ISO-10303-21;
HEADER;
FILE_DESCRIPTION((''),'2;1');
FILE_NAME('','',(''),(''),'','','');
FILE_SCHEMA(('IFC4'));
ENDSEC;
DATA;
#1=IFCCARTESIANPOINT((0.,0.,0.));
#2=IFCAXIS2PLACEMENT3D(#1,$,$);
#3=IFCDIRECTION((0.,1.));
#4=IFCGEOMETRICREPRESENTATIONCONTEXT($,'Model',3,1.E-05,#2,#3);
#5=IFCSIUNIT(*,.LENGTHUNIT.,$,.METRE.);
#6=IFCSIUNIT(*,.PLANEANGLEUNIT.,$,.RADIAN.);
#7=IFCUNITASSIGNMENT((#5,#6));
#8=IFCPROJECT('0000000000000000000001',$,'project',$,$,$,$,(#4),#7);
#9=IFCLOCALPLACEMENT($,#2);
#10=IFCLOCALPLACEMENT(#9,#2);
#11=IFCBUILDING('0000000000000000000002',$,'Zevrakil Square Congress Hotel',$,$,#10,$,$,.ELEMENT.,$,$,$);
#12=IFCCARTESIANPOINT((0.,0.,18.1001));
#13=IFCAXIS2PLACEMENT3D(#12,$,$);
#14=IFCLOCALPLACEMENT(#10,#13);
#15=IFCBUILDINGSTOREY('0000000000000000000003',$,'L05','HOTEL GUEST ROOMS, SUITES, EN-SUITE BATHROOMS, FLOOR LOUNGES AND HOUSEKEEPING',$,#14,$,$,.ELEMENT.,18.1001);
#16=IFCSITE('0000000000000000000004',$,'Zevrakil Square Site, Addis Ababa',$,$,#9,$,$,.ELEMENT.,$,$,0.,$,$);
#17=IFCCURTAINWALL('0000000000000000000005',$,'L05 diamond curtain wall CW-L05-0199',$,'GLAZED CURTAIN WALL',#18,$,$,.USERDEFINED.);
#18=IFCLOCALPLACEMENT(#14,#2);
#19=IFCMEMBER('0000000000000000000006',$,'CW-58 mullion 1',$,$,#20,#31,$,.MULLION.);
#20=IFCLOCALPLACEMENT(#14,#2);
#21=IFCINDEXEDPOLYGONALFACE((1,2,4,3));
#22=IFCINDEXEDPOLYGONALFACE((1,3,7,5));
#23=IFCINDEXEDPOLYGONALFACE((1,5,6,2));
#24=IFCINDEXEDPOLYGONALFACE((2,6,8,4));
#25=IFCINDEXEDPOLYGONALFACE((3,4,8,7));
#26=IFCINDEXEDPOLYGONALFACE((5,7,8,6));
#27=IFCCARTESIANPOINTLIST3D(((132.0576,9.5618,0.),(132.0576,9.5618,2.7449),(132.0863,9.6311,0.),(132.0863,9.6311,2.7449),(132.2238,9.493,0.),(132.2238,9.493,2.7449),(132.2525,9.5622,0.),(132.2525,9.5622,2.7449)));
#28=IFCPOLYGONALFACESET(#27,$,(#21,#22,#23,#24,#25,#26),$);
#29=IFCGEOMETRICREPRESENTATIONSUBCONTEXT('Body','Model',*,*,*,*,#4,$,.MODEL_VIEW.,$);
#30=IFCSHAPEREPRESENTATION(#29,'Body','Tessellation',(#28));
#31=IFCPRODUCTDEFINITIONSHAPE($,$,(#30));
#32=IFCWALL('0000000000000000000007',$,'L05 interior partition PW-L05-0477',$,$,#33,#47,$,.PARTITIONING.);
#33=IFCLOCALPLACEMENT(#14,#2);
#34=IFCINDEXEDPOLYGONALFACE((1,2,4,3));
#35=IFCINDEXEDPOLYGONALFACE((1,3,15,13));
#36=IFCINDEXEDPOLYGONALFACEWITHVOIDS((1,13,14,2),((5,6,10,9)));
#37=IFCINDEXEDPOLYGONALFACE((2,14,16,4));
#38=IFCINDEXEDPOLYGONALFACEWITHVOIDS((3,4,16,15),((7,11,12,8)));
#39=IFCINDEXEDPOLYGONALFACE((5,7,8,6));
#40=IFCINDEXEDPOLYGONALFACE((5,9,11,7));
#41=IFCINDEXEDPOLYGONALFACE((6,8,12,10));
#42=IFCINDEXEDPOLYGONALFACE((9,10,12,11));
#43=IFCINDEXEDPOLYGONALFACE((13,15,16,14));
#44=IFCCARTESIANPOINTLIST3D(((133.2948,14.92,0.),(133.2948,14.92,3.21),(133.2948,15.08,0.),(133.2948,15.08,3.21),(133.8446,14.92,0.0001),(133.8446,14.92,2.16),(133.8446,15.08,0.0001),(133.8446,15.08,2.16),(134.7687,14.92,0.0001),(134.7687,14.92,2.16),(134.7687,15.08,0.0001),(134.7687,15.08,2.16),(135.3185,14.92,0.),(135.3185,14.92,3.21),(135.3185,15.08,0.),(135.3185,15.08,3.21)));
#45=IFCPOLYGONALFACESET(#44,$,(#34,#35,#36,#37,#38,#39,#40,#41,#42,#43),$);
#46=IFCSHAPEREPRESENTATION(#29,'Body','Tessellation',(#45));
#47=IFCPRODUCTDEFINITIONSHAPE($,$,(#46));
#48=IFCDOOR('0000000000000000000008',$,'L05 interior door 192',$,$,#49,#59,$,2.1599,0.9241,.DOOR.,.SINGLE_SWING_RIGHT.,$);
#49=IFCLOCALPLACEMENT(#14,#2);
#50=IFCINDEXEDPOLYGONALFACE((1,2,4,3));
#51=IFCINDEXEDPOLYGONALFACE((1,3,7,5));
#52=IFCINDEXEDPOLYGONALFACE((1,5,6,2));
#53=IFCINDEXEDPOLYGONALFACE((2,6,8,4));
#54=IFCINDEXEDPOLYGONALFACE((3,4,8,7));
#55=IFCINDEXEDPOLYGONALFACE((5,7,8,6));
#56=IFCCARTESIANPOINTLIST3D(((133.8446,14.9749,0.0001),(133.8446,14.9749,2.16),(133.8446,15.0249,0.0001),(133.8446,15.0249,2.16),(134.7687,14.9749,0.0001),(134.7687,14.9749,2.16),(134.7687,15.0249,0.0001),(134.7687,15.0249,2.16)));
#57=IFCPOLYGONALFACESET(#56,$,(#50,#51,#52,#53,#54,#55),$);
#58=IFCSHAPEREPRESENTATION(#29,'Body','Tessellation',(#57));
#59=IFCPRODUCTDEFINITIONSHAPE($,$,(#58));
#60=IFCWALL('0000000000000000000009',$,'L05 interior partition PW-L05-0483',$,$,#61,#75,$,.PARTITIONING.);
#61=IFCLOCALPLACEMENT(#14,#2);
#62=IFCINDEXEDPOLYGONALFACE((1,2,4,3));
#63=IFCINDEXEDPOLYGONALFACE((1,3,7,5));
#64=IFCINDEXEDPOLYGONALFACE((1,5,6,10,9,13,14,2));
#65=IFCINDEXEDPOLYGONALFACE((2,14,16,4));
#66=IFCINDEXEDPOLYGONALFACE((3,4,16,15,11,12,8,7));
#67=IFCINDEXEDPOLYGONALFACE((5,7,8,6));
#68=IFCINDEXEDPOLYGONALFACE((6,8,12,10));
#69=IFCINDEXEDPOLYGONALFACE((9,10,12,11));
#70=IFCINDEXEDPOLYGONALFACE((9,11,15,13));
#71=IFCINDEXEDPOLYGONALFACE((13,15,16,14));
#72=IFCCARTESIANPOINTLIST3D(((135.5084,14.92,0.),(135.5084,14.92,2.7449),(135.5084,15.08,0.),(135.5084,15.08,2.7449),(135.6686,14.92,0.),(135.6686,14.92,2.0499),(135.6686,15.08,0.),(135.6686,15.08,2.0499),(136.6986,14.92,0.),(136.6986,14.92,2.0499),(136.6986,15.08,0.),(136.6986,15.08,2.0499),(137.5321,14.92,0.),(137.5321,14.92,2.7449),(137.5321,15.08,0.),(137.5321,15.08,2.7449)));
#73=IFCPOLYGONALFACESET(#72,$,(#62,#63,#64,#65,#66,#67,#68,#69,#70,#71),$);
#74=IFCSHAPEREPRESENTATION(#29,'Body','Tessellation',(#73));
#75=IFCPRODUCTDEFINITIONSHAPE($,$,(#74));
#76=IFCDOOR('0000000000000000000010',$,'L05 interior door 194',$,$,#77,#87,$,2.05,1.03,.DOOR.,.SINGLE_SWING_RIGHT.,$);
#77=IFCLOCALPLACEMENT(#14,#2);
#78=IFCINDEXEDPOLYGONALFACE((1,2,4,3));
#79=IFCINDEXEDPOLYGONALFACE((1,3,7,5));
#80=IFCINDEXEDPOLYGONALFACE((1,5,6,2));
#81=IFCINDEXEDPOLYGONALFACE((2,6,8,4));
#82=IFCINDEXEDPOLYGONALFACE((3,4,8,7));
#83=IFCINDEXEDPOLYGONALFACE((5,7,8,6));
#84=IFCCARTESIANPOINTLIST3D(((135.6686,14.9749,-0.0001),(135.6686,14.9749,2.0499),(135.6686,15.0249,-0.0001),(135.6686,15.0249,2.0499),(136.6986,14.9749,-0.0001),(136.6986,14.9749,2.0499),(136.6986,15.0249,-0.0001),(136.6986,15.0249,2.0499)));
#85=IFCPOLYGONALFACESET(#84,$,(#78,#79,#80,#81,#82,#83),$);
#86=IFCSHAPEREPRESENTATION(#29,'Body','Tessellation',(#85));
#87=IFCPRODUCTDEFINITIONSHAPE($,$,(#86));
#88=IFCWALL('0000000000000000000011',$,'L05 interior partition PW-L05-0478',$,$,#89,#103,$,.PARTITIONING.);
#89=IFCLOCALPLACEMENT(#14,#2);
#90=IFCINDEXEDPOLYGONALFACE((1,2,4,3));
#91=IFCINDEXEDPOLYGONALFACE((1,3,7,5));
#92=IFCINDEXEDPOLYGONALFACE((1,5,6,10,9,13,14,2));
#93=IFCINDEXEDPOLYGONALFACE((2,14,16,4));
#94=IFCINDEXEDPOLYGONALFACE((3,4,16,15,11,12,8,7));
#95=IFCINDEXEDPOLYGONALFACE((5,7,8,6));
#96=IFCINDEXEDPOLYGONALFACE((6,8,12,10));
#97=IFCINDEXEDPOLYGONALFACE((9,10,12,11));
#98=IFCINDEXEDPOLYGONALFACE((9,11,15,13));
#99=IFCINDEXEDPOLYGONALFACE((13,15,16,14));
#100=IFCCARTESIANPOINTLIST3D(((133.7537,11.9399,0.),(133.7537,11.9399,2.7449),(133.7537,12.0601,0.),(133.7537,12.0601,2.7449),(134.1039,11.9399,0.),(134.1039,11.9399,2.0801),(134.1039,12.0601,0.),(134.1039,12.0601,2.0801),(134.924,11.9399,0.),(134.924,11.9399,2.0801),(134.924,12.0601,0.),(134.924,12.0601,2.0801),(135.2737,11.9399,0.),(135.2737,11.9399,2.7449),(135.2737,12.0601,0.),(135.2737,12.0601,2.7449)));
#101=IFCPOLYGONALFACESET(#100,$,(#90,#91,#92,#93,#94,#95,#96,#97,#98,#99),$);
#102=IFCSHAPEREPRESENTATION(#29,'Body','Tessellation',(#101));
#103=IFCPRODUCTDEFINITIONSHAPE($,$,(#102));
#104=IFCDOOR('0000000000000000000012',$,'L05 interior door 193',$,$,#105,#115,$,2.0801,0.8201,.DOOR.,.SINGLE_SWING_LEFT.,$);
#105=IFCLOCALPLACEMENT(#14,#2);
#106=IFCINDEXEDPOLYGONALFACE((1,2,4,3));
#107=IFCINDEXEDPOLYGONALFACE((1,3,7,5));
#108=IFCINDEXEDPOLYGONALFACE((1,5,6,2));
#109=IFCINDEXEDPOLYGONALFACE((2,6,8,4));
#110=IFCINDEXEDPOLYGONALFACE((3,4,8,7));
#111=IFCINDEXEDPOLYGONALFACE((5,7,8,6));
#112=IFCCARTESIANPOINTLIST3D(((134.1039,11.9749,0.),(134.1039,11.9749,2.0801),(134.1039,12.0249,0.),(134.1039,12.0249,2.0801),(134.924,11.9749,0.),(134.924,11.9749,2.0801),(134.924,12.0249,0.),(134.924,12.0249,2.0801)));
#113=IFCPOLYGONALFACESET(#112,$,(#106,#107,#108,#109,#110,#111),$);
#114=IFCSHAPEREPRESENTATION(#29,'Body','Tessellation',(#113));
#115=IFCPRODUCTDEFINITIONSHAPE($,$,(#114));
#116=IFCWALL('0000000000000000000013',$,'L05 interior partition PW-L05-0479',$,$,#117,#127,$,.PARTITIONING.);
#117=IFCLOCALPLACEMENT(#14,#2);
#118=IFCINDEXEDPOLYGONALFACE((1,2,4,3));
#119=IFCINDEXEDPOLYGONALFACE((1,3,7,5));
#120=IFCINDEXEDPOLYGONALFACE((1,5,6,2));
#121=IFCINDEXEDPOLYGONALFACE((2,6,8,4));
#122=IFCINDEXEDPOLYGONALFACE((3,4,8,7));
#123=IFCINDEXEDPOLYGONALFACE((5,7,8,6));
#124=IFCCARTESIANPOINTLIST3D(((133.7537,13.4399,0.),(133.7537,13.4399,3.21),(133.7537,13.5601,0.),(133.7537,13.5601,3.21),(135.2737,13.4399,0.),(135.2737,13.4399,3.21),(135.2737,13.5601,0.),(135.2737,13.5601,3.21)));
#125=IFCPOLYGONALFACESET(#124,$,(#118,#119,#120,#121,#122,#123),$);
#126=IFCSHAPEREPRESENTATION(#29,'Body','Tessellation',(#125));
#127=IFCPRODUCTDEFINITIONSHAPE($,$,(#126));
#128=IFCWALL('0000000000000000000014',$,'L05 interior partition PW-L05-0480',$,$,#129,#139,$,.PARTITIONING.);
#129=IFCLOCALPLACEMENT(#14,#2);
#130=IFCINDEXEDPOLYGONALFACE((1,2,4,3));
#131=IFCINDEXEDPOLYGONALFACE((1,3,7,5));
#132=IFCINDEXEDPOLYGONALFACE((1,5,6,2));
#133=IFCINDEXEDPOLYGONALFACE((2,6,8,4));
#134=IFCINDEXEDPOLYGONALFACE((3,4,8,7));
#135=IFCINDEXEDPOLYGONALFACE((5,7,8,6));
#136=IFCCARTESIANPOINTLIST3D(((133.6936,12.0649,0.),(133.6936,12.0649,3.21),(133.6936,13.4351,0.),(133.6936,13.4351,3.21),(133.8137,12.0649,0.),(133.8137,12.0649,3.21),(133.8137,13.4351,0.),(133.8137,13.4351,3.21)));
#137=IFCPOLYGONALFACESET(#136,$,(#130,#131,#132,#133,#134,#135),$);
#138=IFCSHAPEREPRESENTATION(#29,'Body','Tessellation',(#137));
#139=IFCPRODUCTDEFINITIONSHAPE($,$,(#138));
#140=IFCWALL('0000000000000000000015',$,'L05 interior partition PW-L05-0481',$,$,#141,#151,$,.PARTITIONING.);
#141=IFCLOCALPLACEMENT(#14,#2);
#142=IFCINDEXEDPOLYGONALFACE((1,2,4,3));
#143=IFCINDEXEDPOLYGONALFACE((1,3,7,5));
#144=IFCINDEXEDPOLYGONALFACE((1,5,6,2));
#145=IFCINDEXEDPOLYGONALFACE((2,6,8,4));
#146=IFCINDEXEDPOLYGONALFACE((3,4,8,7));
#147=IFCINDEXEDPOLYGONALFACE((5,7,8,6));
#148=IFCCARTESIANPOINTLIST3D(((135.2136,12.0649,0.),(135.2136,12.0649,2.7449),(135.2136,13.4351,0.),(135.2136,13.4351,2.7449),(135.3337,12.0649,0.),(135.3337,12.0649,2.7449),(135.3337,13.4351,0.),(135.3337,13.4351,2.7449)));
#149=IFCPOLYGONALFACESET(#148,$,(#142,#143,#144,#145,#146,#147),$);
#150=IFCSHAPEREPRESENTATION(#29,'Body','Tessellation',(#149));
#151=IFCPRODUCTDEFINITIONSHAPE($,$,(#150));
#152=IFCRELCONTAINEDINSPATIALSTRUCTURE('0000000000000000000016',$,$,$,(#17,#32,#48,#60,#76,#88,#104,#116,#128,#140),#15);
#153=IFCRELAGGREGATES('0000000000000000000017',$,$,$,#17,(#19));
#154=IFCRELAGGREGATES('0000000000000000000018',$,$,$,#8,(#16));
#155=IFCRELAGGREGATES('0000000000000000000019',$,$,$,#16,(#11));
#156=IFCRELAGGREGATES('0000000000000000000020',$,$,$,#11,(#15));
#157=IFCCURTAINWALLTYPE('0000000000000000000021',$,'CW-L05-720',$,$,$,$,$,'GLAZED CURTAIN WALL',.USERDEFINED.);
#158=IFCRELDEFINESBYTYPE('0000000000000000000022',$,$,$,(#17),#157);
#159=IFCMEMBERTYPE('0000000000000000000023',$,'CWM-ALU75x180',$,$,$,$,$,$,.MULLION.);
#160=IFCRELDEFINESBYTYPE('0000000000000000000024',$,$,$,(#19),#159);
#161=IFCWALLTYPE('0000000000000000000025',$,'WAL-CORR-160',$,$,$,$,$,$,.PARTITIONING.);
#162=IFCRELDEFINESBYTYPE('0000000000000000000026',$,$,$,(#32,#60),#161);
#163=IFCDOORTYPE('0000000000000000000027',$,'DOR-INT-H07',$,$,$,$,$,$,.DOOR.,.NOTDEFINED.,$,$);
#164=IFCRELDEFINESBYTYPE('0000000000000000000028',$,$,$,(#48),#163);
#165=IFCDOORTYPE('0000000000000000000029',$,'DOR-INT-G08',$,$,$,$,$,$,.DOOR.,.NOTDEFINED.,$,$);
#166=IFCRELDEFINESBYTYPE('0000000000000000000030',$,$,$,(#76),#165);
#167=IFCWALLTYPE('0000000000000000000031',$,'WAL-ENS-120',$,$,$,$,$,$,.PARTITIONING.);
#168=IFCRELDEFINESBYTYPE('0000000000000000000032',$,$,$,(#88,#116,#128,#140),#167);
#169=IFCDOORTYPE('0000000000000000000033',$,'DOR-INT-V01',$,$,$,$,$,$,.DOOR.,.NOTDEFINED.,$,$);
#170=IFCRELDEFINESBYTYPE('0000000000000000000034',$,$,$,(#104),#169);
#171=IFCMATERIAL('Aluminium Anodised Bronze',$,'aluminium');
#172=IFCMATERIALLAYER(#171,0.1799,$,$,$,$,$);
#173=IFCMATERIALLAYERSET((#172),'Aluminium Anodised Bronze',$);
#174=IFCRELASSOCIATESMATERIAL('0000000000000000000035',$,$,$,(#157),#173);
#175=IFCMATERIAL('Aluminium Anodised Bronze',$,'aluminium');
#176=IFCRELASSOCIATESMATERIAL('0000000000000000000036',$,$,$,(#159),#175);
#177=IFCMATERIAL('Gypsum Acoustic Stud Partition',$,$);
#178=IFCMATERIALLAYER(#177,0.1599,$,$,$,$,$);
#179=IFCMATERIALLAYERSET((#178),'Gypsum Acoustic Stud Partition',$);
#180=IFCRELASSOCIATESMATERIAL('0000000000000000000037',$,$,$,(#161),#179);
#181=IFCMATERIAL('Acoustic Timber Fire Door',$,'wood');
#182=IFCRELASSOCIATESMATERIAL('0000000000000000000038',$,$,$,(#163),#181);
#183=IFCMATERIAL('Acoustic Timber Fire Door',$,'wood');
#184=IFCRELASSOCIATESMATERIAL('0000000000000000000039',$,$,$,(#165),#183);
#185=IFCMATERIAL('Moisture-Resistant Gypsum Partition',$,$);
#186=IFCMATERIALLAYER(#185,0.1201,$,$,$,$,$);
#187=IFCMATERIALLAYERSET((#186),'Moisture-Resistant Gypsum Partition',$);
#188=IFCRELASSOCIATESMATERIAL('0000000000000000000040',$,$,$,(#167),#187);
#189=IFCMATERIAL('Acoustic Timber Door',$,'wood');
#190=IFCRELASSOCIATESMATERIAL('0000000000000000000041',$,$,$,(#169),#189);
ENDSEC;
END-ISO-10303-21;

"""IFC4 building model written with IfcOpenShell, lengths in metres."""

from ifc_helpers import new_model, si_unit, direction, frame, frame_2d, origin, origin_2d, place, context, subcontext, project, spatial, rectangle, extrude, material, layer, layer_set, material_profile, profile_set, type_object, element, fill, aggregate, save


model = new_model("IFC4")

# Units and contexts
model_context = context("Model", 3, precision=1e-05, world=origin(), true_north=direction((0.0, 1.0)))
body_context = subcontext(model_context, "Body", "Model", "MODEL_VIEW")
ifc_project = project(units=[si_unit("LENGTHUNIT", "METRE"), si_unit("PLANEANGLEUNIT", "RADIAN")], contexts=[model_context])

# Site, building, storey
site_placement = place(None, origin())
site = spatial("IfcSite", under=ifc_project, at=site_placement, Name="Zevrakil Square Site, Addis Ababa", CompositionType="ELEMENT", RefElevation=0.0)
building_placement = place(site_placement, origin())
building = spatial("IfcBuilding", under=site, at=building_placement, Name="Zevrakil Square Congress Hotel", CompositionType="ELEMENT")
storey_placement = place(building_placement, frame((0.0, 0.0, 18.1001)))
storey = spatial("IfcBuildingStorey", under=building, at=storey_placement, Name="L05", Description="HOTEL GUEST ROOMS, SUITES, EN-SUITE BATHROOMS, FLOOR LOUNGES AND HOUSEKEEPING", CompositionType="ELEMENT", Elevation=18.1001)

# Curtain wall
ifc_material_1 = material(Name="Aluminium Anodised Bronze", Category="aluminium")
ifc_layer_1 = layer(ifc_material_1, 0.1799)
ifc_layer_set_1 = layer_set([ifc_layer_1], Name="Aluminium Anodised Bronze")
curtain_wall_type = type_object("IfcCurtainWallType", Name="CW-L05-720", ElementType="GLAZED CURTAIN WALL", PredefinedType="USERDEFINED", material=ifc_layer_set_1)
curtain_wall_1_placement = place(storey_placement, origin())
curtain_wall_1 = element("IfcCurtainWall", 1, at=curtain_wall_1_placement, inside=storey, type_object=curtain_wall_type, Name="L05 diamond curtain wall CW-L05-0199", ObjectType="GLAZED CURTAIN WALL", PredefinedType="USERDEFINED")

# Shared definitions
ifc_material_2 = material(Name="Aluminium Anodised Bronze", Category="aluminium")
ifc_material_profile_1 = material_profile(ifc_material_2, rectangle(XDim=0.075, YDim=0.1799, at=origin_2d()), Name="ALU 75x180")
ifc_profile_set_1 = profile_set([ifc_material_profile_1], Name="Aluminium Anodised Bronze")
member_type_1 = type_object("IfcMemberType", Name="CWM-ALU75x180", PredefinedType="MULLION", material=ifc_profile_set_1)

# Member
member_1_placement = place(storey_placement, frame((132.155, 9.562, 0.0), z_axis=(0.0, 0.0, 1.0), x_axis=(0.382684, 0.923879, 0.0)))
member_1 = element("IfcMember", 2, at=member_1_placement, type_object=member_type_1, Name="CW-58 mullion 1", PredefinedType="MULLION", context=body_context, shape_type="SweptSolid", body=[
    extrude(rectangle(XDim=0.075, YDim=0.1799, at=origin_2d()), origin(), (0.0, 0.0, 1.0), 2.7449),
])
aggregate(curtain_wall_1, [member_1])

# Walls, openings, doors
ifc_material_3 = material(Name="Gypsum Acoustic Stud Partition")
ifc_layer_2 = layer(ifc_material_3, 0.1599)
ifc_layer_set_2 = layer_set([ifc_layer_2], Name="Gypsum Acoustic Stud Partition")
wall_type_1 = type_object("IfcWallType", Name="WAL-CORR-160", PredefinedType="PARTITIONING", material=ifc_layer_set_2)
wall_1_placement = place(storey_placement, frame((133.2949, 15.0, 0.0), z_axis=(0.0, 0.0, 1.0), x_axis=(1.0, 0.0, 0.0)))
wall_1 = element("IfcWall", 3, at=wall_1_placement, inside=storey, type_object=wall_type_1, Name="L05 interior partition PW-L05-0477", PredefinedType="PARTITIONING", context=body_context, shape_type="SweptSolid", body=[
    extrude(rectangle(XDim=2.0237, YDim=0.1599, at=frame_2d((1.0117, 0.0))), origin(), (0.0, 0.0, 1.0), 3.21),
])
opening_1_placement = place(wall_1_placement, frame((0.5498, 0.0, 0.0)))
opening_1 = element("IfcOpeningElement", 4, at=opening_1_placement, cuts=wall_1, PredefinedType="OPENING", context=body_context, shape_type="SweptSolid", body=[
    extrude(rectangle(XDim=0.9241, YDim=2.1599, at=frame_2d((0.4619, 1.0801))), frame((0.0, 0.0898, 0.0), z_axis=(0.0, -1.0, 0.0), x_axis=(1.0, 0.0, 0.0)), (0.0, 0.0, 1.0), 0.1799),
])
ifc_material_4 = material(Name="Acoustic Timber Fire Door", Category="wood")
door_type_1 = type_object("IfcDoorType", Name="DOR-INT-H07", OperationType="NOTDEFINED", PredefinedType="DOOR", material=ifc_material_4)
door_1_placement = place(opening_1_placement, origin())
door_1 = element("IfcDoor", 5, at=door_1_placement, inside=storey, type_object=door_type_1, Name="L05 interior door 192", OperationType="SINGLE_SWING_RIGHT", OverallHeight=2.1599, OverallWidth=0.9241, PredefinedType="DOOR", context=body_context, shape_type="SweptSolid", body=[
    extrude(rectangle(XDim=0.9241, YDim=2.1599, at=frame_2d((0.4619, 1.0801))), frame((0.0, 0.0249, 0.0), z_axis=(0.0, -1.0, 0.0), x_axis=(1.0, 0.0, 0.0)), (0.0, 0.0, 1.0), 0.05),
])
fill(opening_1, door_1)
wall_2_placement = place(storey_placement, frame((135.5085, 15.0, 0.0), z_axis=(0.0, 0.0, 1.0), x_axis=(1.0, 0.0, 0.0)))
wall_2 = element("IfcWall", 6, at=wall_2_placement, inside=storey, type_object=wall_type_1, Name="L05 interior partition PW-L05-0483", PredefinedType="PARTITIONING", context=body_context, shape_type="SweptSolid", body=[
    extrude(rectangle(XDim=2.0237, YDim=0.1599, at=frame_2d((1.0117, 0.0))), origin(), (0.0, 0.0, 1.0), 2.7449),
])
opening_2_placement = place(wall_2_placement, frame((0.1599, 0.0, 0.0)))
opening_2 = element("IfcOpeningElement", 7, at=opening_2_placement, cuts=wall_2, PredefinedType="OPENING", context=body_context, shape_type="SweptSolid", body=[
    extrude(rectangle(XDim=1.03, YDim=2.05, at=frame_2d((0.5151, 1.0249))), frame((0.0, 0.0898, 0.0), z_axis=(0.0, -1.0, 0.0), x_axis=(1.0, 0.0, 0.0)), (0.0, 0.0, 1.0), 0.1799),
])
ifc_material_5 = material(Name="Acoustic Timber Fire Door", Category="wood")
door_type_2 = type_object("IfcDoorType", Name="DOR-INT-G08", OperationType="NOTDEFINED", PredefinedType="DOOR", material=ifc_material_5)
door_2_placement = place(opening_2_placement, origin())
door_2 = element("IfcDoor", 8, at=door_2_placement, inside=storey, type_object=door_type_2, Name="L05 interior door 194", OperationType="SINGLE_SWING_RIGHT", OverallHeight=2.05, OverallWidth=1.03, PredefinedType="DOOR", context=body_context, shape_type="SweptSolid", body=[
    extrude(rectangle(XDim=1.03, YDim=2.05, at=frame_2d((0.5151, 1.0249))), frame((0.0, 0.0249, 0.0), z_axis=(0.0, -1.0, 0.0), x_axis=(1.0, 0.0, 0.0)), (0.0, 0.0, 1.0), 0.05),
])
fill(opening_2, door_2)
ifc_material_6 = material(Name="Moisture-Resistant Gypsum Partition")
ifc_layer_3 = layer(ifc_material_6, 0.1201)
ifc_layer_set_3 = layer_set([ifc_layer_3], Name="Moisture-Resistant Gypsum Partition")
wall_type_2 = type_object("IfcWallType", Name="WAL-ENS-120", PredefinedType="PARTITIONING", material=ifc_layer_set_3)
wall_3_placement = place(storey_placement, frame((133.7537, 12.0, 0.0), z_axis=(0.0, 0.0, 1.0), x_axis=(1.0, 0.0, 0.0)))
wall_3 = element("IfcWall", 9, at=wall_3_placement, inside=storey, type_object=wall_type_2, Name="L05 interior partition PW-L05-0478", PredefinedType="PARTITIONING", context=body_context, shape_type="SweptSolid", body=[
    extrude(rectangle(XDim=1.52, YDim=0.1201, at=frame_2d((0.76, 0.0))), origin(), (0.0, 0.0, 1.0), 2.7449),
])
opening_3_placement = place(wall_3_placement, frame((0.3501, 0.0, 0.0)))
opening_3 = element("IfcOpeningElement", 10, at=opening_3_placement, cuts=wall_3, PredefinedType="OPENING", context=body_context, shape_type="SweptSolid", body=[
    extrude(rectangle(XDim=0.8201, YDim=2.0801, at=frame_2d((0.4102, 1.04))), frame((0.0, 0.0701, 0.0), z_axis=(0.0, -1.0, 0.0), x_axis=(1.0, 0.0, 0.0)), (0.0, 0.0, 1.0), 0.1401),
])
ifc_material_7 = material(Name="Acoustic Timber Door", Category="wood")
door_type_3 = type_object("IfcDoorType", Name="DOR-INT-V01", OperationType="NOTDEFINED", PredefinedType="DOOR", material=ifc_material_7)
door_3_placement = place(opening_3_placement, origin())
door_3 = element("IfcDoor", 11, at=door_3_placement, inside=storey, type_object=door_type_3, Name="L05 interior door 193", OperationType="SINGLE_SWING_LEFT", OverallHeight=2.0801, OverallWidth=0.8201, PredefinedType="DOOR", context=body_context, shape_type="SweptSolid", body=[
    extrude(rectangle(XDim=0.8201, YDim=2.0801, at=frame_2d((0.4102, 1.04))), frame((0.0, 0.0249, 0.0), z_axis=(0.0, -1.0, 0.0), x_axis=(1.0, 0.0, 0.0)), (0.0, 0.0, 1.0), 0.05),
])
fill(opening_3, door_3)

# Walls
wall_4_placement = place(storey_placement, frame((133.7537, 13.5, 0.0), z_axis=(0.0, 0.0, 1.0), x_axis=(1.0, 0.0, 0.0)))
element("IfcWall", 12, at=wall_4_placement, inside=storey, type_object=wall_type_2, Name="L05 interior partition PW-L05-0479", PredefinedType="PARTITIONING", context=body_context, shape_type="SweptSolid", body=[
    extrude(rectangle(XDim=1.52, YDim=0.1201, at=frame_2d((0.76, 0.0))), origin(), (0.0, 0.0, 1.0), 3.21),
])
wall_5_placement = place(storey_placement, frame((133.7537, 12.0649, 0.0), z_axis=(0.0, 0.0, 1.0), x_axis=(0.0, 1.0, 0.0)))
element("IfcWall", 13, at=wall_5_placement, inside=storey, type_object=wall_type_2, Name="L05 interior partition PW-L05-0480", PredefinedType="PARTITIONING", context=body_context, shape_type="SweptSolid", body=[
    extrude(rectangle(XDim=1.3701, YDim=0.1201, at=frame_2d((0.6851, 0.0))), origin(), (0.0, 0.0, 1.0), 3.21),
])
wall_6_placement = place(storey_placement, frame((135.2737, 12.0649, 0.0), z_axis=(0.0, 0.0, 1.0), x_axis=(0.0, 1.0, 0.0)))
element("IfcWall", 14, at=wall_6_placement, inside=storey, type_object=wall_type_2, Name="L05 interior partition PW-L05-0481", PredefinedType="PARTITIONING", context=body_context, shape_type="SweptSolid", body=[
    extrude(rectangle(XDim=1.3701, YDim=0.1201, at=frame_2d((0.6851, 0.0))), origin(), (0.0, 0.0, 1.0), 2.7449),
])

save(model, "model.ifc")
